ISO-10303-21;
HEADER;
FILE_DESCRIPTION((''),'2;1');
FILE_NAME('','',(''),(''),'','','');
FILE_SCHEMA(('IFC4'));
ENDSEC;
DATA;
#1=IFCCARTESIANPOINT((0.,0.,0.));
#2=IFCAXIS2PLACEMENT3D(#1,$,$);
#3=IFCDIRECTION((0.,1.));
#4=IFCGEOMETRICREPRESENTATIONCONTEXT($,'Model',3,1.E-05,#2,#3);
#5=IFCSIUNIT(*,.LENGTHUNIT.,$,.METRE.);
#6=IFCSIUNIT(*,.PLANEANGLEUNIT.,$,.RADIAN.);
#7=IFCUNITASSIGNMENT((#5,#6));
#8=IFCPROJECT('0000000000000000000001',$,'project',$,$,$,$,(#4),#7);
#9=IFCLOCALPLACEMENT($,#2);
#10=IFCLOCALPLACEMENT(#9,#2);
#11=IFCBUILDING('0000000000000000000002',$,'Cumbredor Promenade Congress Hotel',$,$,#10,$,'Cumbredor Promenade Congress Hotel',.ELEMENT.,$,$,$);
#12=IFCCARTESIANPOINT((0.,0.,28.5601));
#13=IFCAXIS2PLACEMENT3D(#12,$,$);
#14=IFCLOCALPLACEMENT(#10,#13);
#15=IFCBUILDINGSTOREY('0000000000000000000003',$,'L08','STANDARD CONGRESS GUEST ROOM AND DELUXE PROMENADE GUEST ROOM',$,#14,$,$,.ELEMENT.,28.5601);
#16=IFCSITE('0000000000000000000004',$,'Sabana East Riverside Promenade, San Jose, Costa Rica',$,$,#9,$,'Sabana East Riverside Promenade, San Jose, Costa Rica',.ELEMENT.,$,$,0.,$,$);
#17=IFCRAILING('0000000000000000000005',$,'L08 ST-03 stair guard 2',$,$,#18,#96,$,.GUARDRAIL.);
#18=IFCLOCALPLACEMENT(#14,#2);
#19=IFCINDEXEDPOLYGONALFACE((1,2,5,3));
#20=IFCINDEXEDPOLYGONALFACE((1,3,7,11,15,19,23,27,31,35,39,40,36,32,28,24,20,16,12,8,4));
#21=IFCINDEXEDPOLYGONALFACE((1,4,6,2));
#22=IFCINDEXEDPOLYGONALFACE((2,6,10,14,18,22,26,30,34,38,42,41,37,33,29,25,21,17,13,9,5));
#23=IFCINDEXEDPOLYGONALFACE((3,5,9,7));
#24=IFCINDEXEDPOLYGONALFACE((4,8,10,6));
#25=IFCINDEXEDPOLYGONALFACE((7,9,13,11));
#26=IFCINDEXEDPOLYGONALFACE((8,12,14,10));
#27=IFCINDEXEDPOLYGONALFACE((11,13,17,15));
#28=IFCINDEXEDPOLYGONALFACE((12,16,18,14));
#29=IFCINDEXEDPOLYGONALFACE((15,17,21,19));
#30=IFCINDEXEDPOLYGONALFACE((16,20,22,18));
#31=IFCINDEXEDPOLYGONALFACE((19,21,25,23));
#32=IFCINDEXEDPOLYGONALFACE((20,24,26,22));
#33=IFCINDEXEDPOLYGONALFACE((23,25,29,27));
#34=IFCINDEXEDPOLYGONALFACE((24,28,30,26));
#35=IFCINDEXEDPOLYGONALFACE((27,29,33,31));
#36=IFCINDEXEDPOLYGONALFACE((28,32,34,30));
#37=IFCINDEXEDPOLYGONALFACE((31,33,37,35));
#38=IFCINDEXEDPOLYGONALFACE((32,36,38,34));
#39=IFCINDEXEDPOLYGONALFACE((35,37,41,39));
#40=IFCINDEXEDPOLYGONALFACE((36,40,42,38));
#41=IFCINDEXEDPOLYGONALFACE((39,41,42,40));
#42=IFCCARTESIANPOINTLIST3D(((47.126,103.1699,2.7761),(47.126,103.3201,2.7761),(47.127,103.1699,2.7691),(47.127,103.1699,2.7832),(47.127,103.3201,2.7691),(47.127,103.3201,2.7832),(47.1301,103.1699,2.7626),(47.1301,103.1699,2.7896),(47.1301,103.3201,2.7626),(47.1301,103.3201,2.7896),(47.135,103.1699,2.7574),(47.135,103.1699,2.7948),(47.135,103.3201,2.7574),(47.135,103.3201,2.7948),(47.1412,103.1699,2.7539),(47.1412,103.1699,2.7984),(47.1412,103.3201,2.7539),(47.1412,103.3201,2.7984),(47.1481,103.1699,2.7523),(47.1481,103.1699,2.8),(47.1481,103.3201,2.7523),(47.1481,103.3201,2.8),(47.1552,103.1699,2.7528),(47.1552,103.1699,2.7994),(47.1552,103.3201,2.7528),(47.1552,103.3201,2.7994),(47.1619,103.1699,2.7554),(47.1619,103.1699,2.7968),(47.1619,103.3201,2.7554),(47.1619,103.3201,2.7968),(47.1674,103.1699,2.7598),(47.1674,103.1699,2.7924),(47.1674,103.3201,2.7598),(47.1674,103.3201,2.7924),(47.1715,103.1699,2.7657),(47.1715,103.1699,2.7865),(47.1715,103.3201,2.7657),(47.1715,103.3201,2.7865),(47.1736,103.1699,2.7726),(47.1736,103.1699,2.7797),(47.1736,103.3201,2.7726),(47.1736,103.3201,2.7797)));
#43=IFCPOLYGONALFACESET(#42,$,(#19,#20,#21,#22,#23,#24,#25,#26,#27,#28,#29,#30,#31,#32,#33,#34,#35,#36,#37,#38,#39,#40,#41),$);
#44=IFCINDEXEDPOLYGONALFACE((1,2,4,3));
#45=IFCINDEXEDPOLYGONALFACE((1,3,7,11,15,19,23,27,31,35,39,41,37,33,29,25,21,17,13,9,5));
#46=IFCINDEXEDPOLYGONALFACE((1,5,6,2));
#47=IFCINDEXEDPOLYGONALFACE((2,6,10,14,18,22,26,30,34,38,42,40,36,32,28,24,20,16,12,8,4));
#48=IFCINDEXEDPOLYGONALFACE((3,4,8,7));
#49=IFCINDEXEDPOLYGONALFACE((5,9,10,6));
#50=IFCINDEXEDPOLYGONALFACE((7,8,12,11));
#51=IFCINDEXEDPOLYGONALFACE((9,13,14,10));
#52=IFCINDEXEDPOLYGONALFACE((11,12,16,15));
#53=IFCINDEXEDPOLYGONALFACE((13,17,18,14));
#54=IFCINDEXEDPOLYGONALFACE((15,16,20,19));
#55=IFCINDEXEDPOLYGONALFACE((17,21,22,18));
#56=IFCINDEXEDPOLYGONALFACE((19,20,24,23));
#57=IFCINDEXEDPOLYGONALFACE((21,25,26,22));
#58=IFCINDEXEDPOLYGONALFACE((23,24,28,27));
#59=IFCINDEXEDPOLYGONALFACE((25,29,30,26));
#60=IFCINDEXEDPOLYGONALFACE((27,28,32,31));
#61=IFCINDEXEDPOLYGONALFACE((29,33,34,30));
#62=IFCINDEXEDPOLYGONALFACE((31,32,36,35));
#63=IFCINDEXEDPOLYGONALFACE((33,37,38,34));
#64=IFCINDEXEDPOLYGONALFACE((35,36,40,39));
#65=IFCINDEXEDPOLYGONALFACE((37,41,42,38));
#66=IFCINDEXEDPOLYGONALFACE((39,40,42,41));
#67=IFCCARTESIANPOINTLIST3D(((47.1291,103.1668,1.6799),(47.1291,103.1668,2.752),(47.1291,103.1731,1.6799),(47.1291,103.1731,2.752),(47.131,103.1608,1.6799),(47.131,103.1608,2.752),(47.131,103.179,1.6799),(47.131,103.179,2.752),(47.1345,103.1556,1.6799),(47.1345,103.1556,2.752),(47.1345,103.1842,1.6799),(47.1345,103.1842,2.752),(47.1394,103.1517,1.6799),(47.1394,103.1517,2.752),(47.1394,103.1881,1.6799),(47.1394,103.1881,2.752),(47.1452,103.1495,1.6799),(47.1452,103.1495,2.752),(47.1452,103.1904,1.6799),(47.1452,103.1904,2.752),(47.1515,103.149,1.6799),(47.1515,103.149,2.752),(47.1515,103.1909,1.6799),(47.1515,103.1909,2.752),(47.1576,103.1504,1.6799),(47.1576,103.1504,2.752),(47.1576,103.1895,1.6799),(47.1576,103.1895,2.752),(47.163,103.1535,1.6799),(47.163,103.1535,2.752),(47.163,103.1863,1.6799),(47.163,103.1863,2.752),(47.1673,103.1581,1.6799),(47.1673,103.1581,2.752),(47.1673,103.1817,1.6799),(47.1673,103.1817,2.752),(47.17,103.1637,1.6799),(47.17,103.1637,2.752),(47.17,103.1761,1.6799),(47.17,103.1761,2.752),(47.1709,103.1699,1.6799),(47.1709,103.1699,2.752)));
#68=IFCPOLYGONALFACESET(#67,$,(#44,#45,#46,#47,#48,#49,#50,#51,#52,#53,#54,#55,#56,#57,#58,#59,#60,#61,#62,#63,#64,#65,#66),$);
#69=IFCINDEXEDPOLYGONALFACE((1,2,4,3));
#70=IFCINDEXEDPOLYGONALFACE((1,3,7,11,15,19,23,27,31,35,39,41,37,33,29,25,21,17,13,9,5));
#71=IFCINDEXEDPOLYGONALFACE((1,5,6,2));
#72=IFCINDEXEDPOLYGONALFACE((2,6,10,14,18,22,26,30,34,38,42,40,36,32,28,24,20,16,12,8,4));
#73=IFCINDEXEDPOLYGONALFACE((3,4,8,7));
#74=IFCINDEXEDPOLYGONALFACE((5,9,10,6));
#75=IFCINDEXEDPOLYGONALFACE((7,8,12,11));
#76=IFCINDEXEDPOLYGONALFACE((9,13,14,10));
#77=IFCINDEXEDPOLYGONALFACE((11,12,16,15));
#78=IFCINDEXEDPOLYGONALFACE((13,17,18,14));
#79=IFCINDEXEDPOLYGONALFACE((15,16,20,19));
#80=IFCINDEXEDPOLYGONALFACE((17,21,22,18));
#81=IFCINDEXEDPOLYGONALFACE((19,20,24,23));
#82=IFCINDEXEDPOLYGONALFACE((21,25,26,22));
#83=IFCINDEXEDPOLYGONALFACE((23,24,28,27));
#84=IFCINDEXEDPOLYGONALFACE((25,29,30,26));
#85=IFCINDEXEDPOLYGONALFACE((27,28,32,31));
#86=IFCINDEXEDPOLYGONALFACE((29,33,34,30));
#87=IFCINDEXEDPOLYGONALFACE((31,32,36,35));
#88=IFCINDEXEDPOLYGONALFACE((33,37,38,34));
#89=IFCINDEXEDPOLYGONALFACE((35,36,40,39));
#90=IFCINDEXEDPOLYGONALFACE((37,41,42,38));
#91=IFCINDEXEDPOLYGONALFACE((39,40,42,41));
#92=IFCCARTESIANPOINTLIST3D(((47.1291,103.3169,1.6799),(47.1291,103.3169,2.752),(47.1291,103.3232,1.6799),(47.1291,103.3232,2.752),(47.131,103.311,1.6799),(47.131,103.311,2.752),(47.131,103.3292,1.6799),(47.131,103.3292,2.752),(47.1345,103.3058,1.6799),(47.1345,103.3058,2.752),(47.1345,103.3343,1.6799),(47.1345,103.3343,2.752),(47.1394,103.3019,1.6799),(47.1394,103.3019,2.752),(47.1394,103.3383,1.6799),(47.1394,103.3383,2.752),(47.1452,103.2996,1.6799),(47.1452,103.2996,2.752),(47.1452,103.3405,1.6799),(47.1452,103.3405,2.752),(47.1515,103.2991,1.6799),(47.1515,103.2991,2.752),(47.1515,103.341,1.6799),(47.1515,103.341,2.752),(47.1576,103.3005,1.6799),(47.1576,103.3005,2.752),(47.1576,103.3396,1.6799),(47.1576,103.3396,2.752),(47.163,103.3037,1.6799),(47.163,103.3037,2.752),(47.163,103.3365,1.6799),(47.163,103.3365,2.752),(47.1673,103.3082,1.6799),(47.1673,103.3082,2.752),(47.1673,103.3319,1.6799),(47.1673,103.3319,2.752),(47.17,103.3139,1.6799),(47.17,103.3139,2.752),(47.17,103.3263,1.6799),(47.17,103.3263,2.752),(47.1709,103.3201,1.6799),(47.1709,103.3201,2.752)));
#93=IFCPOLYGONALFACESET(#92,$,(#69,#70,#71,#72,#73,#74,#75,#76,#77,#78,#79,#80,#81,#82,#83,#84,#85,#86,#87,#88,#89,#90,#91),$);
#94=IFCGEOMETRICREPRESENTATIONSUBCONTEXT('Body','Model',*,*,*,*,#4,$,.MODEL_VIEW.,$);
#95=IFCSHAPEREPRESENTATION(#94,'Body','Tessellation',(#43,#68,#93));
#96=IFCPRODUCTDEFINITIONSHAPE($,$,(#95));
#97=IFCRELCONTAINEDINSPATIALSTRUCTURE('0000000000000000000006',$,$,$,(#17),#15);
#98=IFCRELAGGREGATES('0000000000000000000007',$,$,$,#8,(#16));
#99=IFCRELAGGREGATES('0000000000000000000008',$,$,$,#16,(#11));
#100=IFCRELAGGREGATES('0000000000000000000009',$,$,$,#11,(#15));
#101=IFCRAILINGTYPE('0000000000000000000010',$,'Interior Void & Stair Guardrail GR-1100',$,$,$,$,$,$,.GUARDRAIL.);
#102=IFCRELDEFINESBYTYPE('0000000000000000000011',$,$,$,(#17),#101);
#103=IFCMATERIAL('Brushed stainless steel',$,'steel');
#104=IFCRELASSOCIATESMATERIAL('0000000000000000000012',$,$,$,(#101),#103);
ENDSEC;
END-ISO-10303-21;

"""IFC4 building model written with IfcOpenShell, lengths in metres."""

from ifc_helpers import new_model, si_unit, direction, frame, origin, origin_2d, place, context, subcontext, project, spatial, circle, extrude, material, type_object, element, save


model = new_model("IFC4")

# Units and contexts
model_context = context("Model", 3, precision=1e-05, world=origin(), true_north=direction((0.0, 1.0)))
body_context = subcontext(model_context, "Body", "Model", "MODEL_VIEW")
ifc_project = project(units=[si_unit("LENGTHUNIT", "METRE"), si_unit("PLANEANGLEUNIT", "RADIAN")], contexts=[model_context])

# Site, building, storey
site_placement = place(None, origin())
site = spatial("IfcSite", under=ifc_project, at=site_placement, Name="Sabana East Riverside Promenade, San Jose, Costa Rica", LongName="Sabana East Riverside Promenade, San Jose, Costa Rica", CompositionType="ELEMENT", RefElevation=0.0)
building_placement = place(site_placement, origin())
building = spatial("IfcBuilding", under=site, at=building_placement, Name="Cumbredor Promenade Congress Hotel", LongName="Cumbredor Promenade Congress Hotel", CompositionType="ELEMENT")
storey_placement = place(building_placement, frame((0.0, 0.0, 28.5601)))
storey = spatial("IfcBuildingStorey", under=building, at=storey_placement, Name="L08", Description="STANDARD CONGRESS GUEST ROOM AND DELUXE PROMENADE GUEST ROOM", CompositionType="ELEMENT", Elevation=28.5601)

# Railing
ifc_material_1 = material(Name="Brushed stainless steel", Category="steel")
railing_type_1 = type_object("IfcRailingType", Name="Interior Void & Stair Guardrail GR-1100", PredefinedType="GUARDRAIL", material=ifc_material_1)
railing_1_placement = place(storey_placement, frame((47.1499, 103.1699, 1.6799)))
element("IfcRailing", 1, at=railing_1_placement, inside=storey, type_object=railing_type_1, Name="L08 ST-03 stair guard 2", PredefinedType="GUARDRAIL", context=body_context, shape_type="SweptSolid", body=[
    extrude(circle(Radius=0.0239, at=origin_2d()), frame((0.0, 0.0, 1.0962), z_axis=(0.0, 1.0, 0.0), x_axis=(-1.0, 0.0, 0.0)), (0.0, 0.0, 1.0), 0.1501),
    extrude(circle(Radius=0.021, at=origin_2d()), origin(), (0.0, 0.0, 1.0), 1.072),
    extrude(circle(Radius=0.021, at=origin_2d()), frame((0.0, 0.1501, 0.0)), (0.0, 0.0, 1.0), 1.072),
])

save(model, "model.ifc")
